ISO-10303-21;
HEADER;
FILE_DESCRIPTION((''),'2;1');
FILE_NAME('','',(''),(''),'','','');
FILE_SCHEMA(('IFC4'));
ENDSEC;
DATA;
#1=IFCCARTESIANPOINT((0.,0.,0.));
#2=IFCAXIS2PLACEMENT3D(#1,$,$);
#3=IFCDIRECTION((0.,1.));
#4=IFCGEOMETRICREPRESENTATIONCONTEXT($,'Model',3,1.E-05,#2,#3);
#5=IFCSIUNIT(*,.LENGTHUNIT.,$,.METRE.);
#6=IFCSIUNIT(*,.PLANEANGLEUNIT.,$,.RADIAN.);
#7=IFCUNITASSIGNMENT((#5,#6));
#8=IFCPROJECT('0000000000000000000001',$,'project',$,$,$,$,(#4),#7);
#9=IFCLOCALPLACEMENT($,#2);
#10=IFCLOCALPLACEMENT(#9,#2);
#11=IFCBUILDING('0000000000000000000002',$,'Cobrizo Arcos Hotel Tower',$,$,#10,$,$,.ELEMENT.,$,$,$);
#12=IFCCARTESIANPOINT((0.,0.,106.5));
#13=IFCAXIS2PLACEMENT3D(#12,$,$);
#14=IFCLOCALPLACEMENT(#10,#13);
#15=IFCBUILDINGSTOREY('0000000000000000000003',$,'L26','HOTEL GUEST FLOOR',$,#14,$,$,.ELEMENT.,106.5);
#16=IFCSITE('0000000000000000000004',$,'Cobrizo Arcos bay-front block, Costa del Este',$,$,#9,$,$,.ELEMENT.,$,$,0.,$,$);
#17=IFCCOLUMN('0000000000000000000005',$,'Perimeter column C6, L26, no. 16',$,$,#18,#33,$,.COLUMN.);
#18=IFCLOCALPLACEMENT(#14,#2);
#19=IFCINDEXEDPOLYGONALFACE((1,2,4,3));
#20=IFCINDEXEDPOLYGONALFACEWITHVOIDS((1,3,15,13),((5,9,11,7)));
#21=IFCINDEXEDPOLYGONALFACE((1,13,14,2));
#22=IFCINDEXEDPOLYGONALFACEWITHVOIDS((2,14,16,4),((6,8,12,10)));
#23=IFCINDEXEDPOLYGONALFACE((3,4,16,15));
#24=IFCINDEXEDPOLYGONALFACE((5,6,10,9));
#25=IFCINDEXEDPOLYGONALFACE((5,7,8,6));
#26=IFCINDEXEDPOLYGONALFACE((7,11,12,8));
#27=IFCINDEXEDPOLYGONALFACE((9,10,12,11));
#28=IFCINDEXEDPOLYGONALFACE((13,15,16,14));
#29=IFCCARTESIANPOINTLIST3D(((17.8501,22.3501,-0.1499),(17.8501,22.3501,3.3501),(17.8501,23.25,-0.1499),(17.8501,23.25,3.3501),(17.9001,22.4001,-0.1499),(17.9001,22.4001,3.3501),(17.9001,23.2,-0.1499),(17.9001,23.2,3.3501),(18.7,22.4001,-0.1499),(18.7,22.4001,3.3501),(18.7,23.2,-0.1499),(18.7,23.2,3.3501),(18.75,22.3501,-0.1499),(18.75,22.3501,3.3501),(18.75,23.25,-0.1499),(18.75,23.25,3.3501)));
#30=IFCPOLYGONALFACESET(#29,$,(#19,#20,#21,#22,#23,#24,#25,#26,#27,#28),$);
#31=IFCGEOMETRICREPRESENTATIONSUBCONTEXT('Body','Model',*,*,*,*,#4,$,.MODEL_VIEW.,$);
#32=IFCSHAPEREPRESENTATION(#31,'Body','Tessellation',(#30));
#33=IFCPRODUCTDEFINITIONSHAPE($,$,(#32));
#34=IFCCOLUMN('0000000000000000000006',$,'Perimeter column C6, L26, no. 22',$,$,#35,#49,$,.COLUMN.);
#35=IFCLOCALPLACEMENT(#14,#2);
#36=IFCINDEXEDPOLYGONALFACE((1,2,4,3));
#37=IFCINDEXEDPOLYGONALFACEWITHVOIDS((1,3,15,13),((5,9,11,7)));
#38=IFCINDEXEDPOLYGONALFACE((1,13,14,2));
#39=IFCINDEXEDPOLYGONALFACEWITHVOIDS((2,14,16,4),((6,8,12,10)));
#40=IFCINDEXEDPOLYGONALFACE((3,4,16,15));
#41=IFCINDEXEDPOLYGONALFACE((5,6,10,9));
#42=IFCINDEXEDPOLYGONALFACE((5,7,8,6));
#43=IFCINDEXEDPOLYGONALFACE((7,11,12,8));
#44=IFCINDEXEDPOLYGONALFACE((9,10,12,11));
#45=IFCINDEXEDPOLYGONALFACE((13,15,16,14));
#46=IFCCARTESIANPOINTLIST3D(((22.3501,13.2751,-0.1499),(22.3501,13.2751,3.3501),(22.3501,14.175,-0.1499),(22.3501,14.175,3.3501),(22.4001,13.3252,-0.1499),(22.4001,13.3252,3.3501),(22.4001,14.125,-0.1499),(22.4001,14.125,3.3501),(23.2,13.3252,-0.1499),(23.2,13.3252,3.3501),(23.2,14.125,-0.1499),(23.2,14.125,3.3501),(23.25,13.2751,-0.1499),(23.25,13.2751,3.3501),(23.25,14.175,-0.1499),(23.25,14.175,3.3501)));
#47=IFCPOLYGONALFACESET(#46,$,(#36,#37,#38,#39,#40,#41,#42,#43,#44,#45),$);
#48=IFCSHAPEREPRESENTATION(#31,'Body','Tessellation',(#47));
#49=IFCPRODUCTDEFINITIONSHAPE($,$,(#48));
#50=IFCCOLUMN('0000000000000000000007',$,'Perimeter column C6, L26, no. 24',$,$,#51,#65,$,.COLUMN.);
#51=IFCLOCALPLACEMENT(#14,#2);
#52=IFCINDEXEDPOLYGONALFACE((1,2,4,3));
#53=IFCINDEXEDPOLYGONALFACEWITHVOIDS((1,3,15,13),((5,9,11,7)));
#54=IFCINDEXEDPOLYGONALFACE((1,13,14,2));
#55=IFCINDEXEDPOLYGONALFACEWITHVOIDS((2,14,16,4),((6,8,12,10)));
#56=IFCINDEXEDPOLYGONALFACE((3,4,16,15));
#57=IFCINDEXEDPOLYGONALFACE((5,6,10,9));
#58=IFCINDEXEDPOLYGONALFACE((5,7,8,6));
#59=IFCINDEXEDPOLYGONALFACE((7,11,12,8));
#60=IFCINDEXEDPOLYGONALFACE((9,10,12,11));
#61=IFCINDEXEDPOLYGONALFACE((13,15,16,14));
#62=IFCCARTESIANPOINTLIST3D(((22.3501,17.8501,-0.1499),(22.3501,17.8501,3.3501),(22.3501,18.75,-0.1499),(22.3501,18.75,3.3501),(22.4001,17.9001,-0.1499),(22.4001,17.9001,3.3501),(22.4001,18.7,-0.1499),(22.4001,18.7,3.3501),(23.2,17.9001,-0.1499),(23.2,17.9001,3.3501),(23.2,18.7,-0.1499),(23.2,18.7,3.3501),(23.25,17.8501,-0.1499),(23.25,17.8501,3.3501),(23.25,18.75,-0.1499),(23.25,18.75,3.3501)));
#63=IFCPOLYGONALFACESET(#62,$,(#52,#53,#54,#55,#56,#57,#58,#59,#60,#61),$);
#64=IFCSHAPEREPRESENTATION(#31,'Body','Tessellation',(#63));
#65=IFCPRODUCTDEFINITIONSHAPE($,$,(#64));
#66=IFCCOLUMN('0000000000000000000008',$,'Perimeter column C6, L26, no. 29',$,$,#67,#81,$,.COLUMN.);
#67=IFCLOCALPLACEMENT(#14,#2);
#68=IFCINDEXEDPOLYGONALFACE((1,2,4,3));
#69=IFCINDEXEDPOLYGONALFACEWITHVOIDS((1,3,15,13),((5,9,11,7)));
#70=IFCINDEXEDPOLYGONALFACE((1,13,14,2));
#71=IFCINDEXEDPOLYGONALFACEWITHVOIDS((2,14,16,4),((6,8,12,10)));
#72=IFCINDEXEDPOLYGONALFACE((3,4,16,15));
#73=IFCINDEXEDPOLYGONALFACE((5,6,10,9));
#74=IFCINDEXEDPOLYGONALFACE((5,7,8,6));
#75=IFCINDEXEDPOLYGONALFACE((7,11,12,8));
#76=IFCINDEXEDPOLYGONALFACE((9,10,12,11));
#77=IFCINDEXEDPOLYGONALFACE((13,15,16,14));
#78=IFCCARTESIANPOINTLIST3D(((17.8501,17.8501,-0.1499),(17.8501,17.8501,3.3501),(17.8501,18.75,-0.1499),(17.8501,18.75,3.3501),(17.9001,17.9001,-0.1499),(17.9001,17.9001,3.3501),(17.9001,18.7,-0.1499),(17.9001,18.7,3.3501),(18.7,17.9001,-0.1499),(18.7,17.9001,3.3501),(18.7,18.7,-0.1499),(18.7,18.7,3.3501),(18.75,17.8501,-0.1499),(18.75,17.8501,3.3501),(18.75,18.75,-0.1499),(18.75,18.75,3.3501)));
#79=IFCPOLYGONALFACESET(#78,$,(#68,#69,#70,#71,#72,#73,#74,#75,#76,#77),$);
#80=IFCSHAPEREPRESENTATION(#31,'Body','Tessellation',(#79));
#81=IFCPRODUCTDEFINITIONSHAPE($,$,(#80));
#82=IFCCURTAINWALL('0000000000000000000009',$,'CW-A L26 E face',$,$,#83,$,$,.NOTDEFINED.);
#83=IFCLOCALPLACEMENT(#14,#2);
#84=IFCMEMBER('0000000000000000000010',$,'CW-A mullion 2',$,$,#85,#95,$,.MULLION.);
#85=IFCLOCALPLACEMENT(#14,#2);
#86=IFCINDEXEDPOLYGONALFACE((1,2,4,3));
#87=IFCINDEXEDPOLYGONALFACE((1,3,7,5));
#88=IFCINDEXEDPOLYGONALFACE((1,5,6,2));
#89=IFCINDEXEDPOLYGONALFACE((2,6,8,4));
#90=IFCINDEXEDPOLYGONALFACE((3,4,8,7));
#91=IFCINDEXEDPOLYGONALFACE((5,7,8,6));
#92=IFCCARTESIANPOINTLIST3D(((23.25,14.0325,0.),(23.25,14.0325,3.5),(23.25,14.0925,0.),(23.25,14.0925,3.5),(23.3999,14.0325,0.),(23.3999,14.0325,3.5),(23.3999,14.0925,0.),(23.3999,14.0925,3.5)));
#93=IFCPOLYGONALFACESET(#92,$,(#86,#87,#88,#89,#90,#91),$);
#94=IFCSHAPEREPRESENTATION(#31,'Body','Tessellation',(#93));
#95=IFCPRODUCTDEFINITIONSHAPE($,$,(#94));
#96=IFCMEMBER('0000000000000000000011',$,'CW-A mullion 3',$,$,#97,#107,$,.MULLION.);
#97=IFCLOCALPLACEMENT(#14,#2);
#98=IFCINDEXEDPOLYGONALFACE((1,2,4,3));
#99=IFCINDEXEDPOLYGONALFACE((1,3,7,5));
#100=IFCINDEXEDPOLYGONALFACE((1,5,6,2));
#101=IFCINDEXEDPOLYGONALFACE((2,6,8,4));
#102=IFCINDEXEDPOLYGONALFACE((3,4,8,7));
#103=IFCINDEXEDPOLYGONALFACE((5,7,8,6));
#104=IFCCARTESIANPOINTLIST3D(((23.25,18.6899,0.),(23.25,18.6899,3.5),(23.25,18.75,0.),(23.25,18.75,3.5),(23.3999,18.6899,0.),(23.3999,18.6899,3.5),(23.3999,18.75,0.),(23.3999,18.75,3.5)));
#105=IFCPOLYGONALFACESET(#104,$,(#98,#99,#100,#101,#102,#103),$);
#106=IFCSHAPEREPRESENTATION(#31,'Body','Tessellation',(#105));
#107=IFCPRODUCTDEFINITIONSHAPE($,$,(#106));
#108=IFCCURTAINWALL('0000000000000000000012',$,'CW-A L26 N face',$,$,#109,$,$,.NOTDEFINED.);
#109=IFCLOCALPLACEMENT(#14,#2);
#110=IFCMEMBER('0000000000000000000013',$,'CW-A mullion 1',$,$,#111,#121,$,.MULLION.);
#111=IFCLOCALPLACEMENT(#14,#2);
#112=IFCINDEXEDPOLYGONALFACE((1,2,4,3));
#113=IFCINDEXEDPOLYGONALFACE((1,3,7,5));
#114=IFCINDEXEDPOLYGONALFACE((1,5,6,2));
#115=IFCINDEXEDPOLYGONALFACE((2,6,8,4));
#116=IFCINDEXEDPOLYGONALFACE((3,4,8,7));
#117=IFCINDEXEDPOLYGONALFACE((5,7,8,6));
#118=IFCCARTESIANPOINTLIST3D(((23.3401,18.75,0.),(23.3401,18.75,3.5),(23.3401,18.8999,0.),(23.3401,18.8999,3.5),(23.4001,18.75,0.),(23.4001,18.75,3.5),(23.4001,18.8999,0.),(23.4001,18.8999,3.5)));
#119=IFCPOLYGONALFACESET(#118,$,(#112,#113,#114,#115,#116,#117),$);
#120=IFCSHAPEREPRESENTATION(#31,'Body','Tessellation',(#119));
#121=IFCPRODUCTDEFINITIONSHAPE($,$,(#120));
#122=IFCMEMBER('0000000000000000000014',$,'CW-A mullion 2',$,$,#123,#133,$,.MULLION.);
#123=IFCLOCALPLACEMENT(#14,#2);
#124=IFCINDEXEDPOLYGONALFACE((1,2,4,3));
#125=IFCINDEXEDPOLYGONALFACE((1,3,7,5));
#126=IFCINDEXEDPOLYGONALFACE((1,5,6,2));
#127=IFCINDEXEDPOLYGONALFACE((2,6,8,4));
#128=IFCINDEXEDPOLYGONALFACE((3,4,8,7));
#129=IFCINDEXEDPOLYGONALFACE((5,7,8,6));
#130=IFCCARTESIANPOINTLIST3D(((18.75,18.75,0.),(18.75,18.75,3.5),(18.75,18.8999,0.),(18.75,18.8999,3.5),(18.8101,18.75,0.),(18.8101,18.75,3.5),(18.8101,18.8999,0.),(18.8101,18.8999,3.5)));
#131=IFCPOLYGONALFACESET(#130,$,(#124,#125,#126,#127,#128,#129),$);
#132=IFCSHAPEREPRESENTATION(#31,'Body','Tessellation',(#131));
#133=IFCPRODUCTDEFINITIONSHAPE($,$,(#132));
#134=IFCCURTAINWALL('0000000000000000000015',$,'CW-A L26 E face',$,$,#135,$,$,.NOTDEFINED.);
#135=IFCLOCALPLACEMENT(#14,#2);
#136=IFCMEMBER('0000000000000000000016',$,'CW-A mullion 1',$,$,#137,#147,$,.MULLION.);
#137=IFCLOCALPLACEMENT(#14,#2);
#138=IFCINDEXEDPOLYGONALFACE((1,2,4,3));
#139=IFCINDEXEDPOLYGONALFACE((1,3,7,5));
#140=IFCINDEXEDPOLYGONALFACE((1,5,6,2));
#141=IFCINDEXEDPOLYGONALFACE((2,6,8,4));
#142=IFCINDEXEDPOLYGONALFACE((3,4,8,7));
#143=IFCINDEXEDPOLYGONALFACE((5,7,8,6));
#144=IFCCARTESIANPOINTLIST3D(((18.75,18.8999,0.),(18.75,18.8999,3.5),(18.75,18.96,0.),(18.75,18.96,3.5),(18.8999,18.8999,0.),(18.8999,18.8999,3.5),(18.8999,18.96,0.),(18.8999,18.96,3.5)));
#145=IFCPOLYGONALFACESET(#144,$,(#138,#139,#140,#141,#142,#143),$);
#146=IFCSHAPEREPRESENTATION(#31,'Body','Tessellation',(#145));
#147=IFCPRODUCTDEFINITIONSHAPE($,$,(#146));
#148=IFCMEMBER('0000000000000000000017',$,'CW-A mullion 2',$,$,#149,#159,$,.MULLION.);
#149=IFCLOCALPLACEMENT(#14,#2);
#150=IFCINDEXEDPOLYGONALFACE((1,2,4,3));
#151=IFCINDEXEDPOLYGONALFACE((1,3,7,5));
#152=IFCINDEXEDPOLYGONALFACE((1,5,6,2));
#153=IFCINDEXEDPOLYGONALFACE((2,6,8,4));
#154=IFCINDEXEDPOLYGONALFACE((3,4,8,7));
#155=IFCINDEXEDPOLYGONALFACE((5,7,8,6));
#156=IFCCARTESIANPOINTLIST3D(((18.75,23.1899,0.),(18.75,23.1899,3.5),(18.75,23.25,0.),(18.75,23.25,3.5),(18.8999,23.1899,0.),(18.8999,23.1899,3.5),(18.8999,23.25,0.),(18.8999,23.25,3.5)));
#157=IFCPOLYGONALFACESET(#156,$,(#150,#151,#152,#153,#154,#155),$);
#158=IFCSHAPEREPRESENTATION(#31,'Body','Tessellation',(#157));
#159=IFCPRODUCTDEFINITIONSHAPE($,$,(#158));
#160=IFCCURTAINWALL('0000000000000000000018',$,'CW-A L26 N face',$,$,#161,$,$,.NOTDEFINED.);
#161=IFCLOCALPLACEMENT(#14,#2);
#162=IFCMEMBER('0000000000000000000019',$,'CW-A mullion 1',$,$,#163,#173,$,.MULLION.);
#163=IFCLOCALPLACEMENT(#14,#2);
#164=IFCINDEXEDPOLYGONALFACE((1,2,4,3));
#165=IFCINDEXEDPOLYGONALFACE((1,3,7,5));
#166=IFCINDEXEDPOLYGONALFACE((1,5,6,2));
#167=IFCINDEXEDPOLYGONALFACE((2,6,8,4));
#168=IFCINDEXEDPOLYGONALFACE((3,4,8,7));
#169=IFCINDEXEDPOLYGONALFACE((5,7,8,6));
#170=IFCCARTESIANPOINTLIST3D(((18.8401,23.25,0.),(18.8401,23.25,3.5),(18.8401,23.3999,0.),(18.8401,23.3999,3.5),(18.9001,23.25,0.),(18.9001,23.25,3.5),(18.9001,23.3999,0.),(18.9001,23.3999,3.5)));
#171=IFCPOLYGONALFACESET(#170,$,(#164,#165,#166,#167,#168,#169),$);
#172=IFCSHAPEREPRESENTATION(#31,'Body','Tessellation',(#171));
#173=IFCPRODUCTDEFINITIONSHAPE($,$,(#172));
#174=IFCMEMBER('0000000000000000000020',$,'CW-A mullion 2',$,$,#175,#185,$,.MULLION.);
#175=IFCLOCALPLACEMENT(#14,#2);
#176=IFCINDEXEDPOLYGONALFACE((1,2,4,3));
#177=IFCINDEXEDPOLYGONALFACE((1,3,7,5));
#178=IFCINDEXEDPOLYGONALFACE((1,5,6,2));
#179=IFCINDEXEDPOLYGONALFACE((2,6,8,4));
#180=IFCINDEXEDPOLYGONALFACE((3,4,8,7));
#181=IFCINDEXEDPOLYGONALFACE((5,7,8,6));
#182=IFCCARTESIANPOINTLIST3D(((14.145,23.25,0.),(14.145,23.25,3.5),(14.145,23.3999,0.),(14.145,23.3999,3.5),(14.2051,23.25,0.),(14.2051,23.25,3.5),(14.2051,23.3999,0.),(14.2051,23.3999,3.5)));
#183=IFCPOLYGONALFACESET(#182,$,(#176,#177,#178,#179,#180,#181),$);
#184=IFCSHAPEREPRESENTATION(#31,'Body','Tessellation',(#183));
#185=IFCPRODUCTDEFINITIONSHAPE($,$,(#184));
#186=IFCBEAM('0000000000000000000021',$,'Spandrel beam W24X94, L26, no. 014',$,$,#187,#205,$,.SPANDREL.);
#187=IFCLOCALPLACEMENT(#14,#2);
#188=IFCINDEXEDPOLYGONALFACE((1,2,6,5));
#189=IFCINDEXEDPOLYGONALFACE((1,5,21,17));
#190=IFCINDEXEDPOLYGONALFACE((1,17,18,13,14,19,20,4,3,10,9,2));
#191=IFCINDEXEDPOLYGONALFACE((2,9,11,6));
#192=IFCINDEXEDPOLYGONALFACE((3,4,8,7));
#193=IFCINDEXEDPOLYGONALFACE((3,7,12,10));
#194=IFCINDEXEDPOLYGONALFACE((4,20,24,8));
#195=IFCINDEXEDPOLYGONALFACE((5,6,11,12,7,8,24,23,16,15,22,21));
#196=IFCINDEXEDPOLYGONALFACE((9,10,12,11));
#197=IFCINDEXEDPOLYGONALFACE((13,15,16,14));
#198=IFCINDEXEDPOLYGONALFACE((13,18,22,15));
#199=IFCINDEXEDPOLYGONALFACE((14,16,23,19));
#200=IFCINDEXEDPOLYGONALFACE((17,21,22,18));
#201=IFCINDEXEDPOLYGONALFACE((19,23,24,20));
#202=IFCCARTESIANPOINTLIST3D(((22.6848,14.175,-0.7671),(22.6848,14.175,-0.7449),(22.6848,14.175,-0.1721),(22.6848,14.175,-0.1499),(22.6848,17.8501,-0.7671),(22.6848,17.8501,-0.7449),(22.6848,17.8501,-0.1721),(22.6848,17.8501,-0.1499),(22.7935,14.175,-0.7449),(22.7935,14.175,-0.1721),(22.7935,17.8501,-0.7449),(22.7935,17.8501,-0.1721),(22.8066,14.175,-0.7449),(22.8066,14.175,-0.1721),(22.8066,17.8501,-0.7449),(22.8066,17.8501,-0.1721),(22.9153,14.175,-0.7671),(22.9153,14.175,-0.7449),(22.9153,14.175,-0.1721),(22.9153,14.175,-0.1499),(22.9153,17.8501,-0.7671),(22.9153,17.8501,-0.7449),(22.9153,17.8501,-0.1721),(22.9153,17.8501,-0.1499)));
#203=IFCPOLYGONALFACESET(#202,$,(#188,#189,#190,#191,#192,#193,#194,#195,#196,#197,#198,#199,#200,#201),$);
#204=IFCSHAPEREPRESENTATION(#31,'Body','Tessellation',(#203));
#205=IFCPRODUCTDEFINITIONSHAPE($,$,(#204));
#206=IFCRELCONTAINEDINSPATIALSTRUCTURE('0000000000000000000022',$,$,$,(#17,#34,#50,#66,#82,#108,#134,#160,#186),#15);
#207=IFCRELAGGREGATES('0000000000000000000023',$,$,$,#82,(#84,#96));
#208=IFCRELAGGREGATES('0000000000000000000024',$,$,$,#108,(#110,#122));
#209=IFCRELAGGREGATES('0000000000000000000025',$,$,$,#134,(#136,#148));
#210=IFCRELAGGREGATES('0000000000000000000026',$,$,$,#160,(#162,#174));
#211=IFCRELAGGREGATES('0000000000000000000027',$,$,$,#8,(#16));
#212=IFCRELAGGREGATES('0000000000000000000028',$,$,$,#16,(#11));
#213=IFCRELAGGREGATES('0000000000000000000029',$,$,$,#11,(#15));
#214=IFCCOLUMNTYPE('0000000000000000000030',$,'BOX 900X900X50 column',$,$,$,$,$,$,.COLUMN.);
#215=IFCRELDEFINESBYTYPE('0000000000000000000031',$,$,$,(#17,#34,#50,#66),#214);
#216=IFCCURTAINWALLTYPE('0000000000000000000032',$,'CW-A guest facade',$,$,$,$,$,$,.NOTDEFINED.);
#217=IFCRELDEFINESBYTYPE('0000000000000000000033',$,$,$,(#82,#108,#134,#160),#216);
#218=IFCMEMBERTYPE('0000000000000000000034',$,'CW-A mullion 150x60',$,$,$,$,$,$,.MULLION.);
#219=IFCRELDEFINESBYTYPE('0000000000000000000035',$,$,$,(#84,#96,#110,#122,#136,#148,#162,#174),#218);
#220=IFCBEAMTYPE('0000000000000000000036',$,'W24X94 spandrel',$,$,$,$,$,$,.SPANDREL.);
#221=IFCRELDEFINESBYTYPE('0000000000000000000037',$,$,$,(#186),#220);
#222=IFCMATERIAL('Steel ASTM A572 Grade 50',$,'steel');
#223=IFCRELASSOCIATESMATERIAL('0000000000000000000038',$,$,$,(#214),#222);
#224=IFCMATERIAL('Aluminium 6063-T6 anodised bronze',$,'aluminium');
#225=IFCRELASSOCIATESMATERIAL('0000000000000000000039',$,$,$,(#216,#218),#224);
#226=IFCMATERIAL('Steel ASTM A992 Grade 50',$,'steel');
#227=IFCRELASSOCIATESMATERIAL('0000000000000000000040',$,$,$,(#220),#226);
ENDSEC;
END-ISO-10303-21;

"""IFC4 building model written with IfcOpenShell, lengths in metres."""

from ifc_helpers import new_model, si_unit, direction, frame, origin, origin_2d, place, context, subcontext, project, spatial, rectangle, hollow_rectangle, i_section, extrude, material, material_profile, profile_set, type_object, element, aggregate, save


model = new_model("IFC4")

# Units and contexts
model_context = context("Model", 3, precision=1e-05, world=origin(), true_north=direction((0.0, 1.0)))
body_context = subcontext(model_context, "Body", "Model", "MODEL_VIEW")
ifc_project = project(units=[si_unit("LENGTHUNIT", "METRE"), si_unit("PLANEANGLEUNIT", "RADIAN")], contexts=[model_context])

# Site, building, storey
site_placement = place(None, origin())
site = spatial("IfcSite", under=ifc_project, at=site_placement, Name="Cobrizo Arcos bay-front block, Costa del Este", CompositionType="ELEMENT", RefElevation=0.0)
building_placement = place(site_placement, origin())
building = spatial("IfcBuilding", under=site, at=building_placement, Name="Cobrizo Arcos Hotel Tower", CompositionType="ELEMENT")
storey_placement = place(building_placement, frame((0.0, 0.0, 106.5)))
storey = spatial("IfcBuildingStorey", under=building, at=storey_placement, Name="L26", Description="HOTEL GUEST FLOOR", CompositionType="ELEMENT", Elevation=106.5)

# Columns
ifc_material_1 = material(Name="Steel ASTM A572 Grade 50", Category="steel")
ifc_material_profile_1 = material_profile(ifc_material_1, hollow_rectangle(XDim=0.8999, YDim=0.8999, WallThickness=0.05, at=origin_2d()), Name="BOX 900X900X50")
ifc_profile_set_1 = profile_set([ifc_material_profile_1], Name="Steel ASTM A572 Grade 50")
column_type = type_object("IfcColumnType", Name="BOX 900X900X50 column", PredefinedType="COLUMN", material=ifc_profile_set_1)
for number, where, z_axis, x_axis, name in (
    (1, (18.3, 22.8, -0.1499), (0.0, 0.0, 1.0), (1.0, 0.0, 0.0), "Perimeter column C6, L26, no. 16"),
    (2, (22.8, 13.7251, -0.1499), (0.0, 0.0, 1.0), (1.0, 0.0, 0.0), "Perimeter column C6, L26, no. 22"),
    (3, (22.8, 18.3, -0.1499), (0.0, 0.0, 1.0), (1.0, 0.0, 0.0), "Perimeter column C6, L26, no. 24"),
    (4, (18.3, 18.3, -0.1499), (0.0, 0.0, 1.0), (1.0, 0.0, 0.0), "Perimeter column C6, L26, no. 29"),
):
    element("IfcColumn", number, at=place(storey_placement, frame(where, z_axis=z_axis, x_axis=x_axis)), inside=storey, type_object=column_type, Name=name, PredefinedType="COLUMN", context=body_context, shape_type="SweptSolid", body=[
        extrude(hollow_rectangle(XDim=0.8999, YDim=0.8999, WallThickness=0.05, at=origin_2d()), origin(), (0.0, 0.0, 1.0), 3.5),
    ])

# Curtain walls, members
ifc_material_2 = material(Name="Aluminium 6063-T6 anodised bronze", Category="aluminium")
curtain_wall_type = type_object("IfcCurtainWallType", Name="CW-A guest facade", PredefinedType="NOTDEFINED", material=ifc_material_2)
curtain_wall_1_placement = place(storey_placement, origin())
curtain_wall_1 = element("IfcCurtainWall", 5, at=curtain_wall_1_placement, inside=storey, type_object=curtain_wall_type, Name="CW-A L26 E face", PredefinedType="NOTDEFINED")
ifc_material_profile_2 = material_profile(ifc_material_2, rectangle(XDim=0.1499, YDim=0.0601, at=origin_2d()), Name="CW-A mullion 150x60")
ifc_profile_set_2 = profile_set([ifc_material_profile_2], Name="Aluminium 6063-T6 anodised bronze")
member_type = type_object("IfcMemberType", Name="CW-A mullion 150x60", PredefinedType="MULLION", material=ifc_profile_set_2)
member_1_placement = place(storey_placement, frame((23.325, 14.0625, 0.0), z_axis=(0.0, 0.0, 1.0), x_axis=(1.0, 0.0, 0.0)))
member_1 = element("IfcMember", 6, at=member_1_placement, type_object=member_type, Name="CW-A mullion 2", PredefinedType="MULLION", context=body_context, shape_type="SweptSolid", body=[
    extrude(rectangle(XDim=0.1499, YDim=0.0601, at=origin_2d()), origin(), (0.0, 0.0, 1.0), 3.5),
])
member_2_placement = place(storey_placement, frame((23.325, 18.72, 0.0), z_axis=(0.0, 0.0, 1.0), x_axis=(1.0, 0.0, 0.0)))
member_2 = element("IfcMember", 7, at=member_2_placement, type_object=member_type, Name="CW-A mullion 3", PredefinedType="MULLION", context=body_context, shape_type="SweptSolid", body=[
    extrude(rectangle(XDim=0.1499, YDim=0.0601, at=origin_2d()), origin(), (0.0, 0.0, 1.0), 3.5),
])
curtain_wall_2_placement = place(storey_placement, origin())
curtain_wall_2 = element("IfcCurtainWall", 8, at=curtain_wall_2_placement, inside=storey, type_object=curtain_wall_type, Name="CW-A L26 N face", PredefinedType="NOTDEFINED")
member_3_placement = place(storey_placement, frame((23.3701, 18.825, 0.0), z_axis=(0.0, 0.0, 1.0), x_axis=(0.0, 1.0, 0.0)))
member_3 = element("IfcMember", 9, at=member_3_placement, type_object=member_type, Name="CW-A mullion 1", PredefinedType="MULLION", context=body_context, shape_type="SweptSolid", body=[
    extrude(rectangle(XDim=0.1499, YDim=0.0601, at=origin_2d()), origin(), (0.0, 0.0, 1.0), 3.5),
])
member_4_placement = place(storey_placement, frame((18.78, 18.825, 0.0), z_axis=(0.0, 0.0, 1.0), x_axis=(0.0, 1.0, 0.0)))
member_4 = element("IfcMember", 10, at=member_4_placement, type_object=member_type, Name="CW-A mullion 2", PredefinedType="MULLION", context=body_context, shape_type="SweptSolid", body=[
    extrude(rectangle(XDim=0.1499, YDim=0.0601, at=origin_2d()), origin(), (0.0, 0.0, 1.0), 3.5),
])
curtain_wall_3_placement = place(storey_placement, origin())
curtain_wall_3 = element("IfcCurtainWall", 11, at=curtain_wall_3_placement, inside=storey, type_object=curtain_wall_type, Name="CW-A L26 E face", PredefinedType="NOTDEFINED")
member_5_placement = place(storey_placement, frame((18.825, 18.9299, 0.0), z_axis=(0.0, 0.0, 1.0), x_axis=(1.0, 0.0, 0.0)))
member_5 = element("IfcMember", 12, at=member_5_placement, type_object=member_type, Name="CW-A mullion 1", PredefinedType="MULLION", context=body_context, shape_type="SweptSolid", body=[
    extrude(rectangle(XDim=0.1499, YDim=0.0601, at=origin_2d()), origin(), (0.0, 0.0, 1.0), 3.5),
])
member_6_placement = place(storey_placement, frame((18.825, 23.22, 0.0), z_axis=(0.0, 0.0, 1.0), x_axis=(1.0, 0.0, 0.0)))
member_6 = element("IfcMember", 13, at=member_6_placement, type_object=member_type, Name="CW-A mullion 2", PredefinedType="MULLION", context=body_context, shape_type="SweptSolid", body=[
    extrude(rectangle(XDim=0.1499, YDim=0.0601, at=origin_2d()), origin(), (0.0, 0.0, 1.0), 3.5),
])
curtain_wall_4_placement = place(storey_placement, origin())
curtain_wall_4 = element("IfcCurtainWall", 14, at=curtain_wall_4_placement, inside=storey, type_object=curtain_wall_type, Name="CW-A L26 N face", PredefinedType="NOTDEFINED")
member_7_placement = place(storey_placement, frame((18.8701, 23.325, 0.0), z_axis=(0.0, 0.0, 1.0), x_axis=(0.0, 1.0, 0.0)))
member_7 = element("IfcMember", 15, at=member_7_placement, type_object=member_type, Name="CW-A mullion 1", PredefinedType="MULLION", context=body_context, shape_type="SweptSolid", body=[
    extrude(rectangle(XDim=0.1499, YDim=0.0601, at=origin_2d()), origin(), (0.0, 0.0, 1.0), 3.5),
])
member_8_placement = place(storey_placement, frame((14.175, 23.325, 0.0), z_axis=(0.0, 0.0, 1.0), x_axis=(0.0, 1.0, 0.0)))
member_8 = element("IfcMember", 16, at=member_8_placement, type_object=member_type, Name="CW-A mullion 2", PredefinedType="MULLION", context=body_context, shape_type="SweptSolid", body=[
    extrude(rectangle(XDim=0.1499, YDim=0.0601, at=origin_2d()), origin(), (0.0, 0.0, 1.0), 3.5),
])

# Beam
ifc_material_3 = material(Name="Steel ASTM A992 Grade 50", Category="steel")
ifc_material_profile_3 = material_profile(ifc_material_3, i_section(OverallWidth=0.2305, OverallDepth=0.6172, WebThickness=0.0132, FlangeThickness=0.0222, at=origin_2d()), Name="W24X94")
ifc_profile_set_3 = profile_set([ifc_material_profile_3], Name="Steel ASTM A992 Grade 50")
beam_type = type_object("IfcBeamType", Name="W24X94 spandrel", PredefinedType="SPANDREL", material=ifc_profile_set_3)
beam_1_placement = place(storey_placement, frame((22.8, 14.175, -0.4585), z_axis=(0.0, 1.0, 0.0), x_axis=(-1.0, 0.0, 0.0)))
element("IfcBeam", 17, at=beam_1_placement, inside=storey, type_object=beam_type, Name="Spandrel beam W24X94, L26, no. 014", PredefinedType="SPANDREL", context=body_context, shape_type="SweptSolid", body=[
    extrude(i_section(OverallWidth=0.2305, OverallDepth=0.6172, WebThickness=0.0132, FlangeThickness=0.0222, at=origin_2d()), origin(), (0.0, 0.0, 1.0), 3.675),
])

aggregate(curtain_wall_1, [member_1, member_2])
aggregate(curtain_wall_2, [member_3, member_4])
aggregate(curtain_wall_3, [member_5, member_6])
aggregate(curtain_wall_4, [member_7, member_8])

save(model, "model.ifc")
